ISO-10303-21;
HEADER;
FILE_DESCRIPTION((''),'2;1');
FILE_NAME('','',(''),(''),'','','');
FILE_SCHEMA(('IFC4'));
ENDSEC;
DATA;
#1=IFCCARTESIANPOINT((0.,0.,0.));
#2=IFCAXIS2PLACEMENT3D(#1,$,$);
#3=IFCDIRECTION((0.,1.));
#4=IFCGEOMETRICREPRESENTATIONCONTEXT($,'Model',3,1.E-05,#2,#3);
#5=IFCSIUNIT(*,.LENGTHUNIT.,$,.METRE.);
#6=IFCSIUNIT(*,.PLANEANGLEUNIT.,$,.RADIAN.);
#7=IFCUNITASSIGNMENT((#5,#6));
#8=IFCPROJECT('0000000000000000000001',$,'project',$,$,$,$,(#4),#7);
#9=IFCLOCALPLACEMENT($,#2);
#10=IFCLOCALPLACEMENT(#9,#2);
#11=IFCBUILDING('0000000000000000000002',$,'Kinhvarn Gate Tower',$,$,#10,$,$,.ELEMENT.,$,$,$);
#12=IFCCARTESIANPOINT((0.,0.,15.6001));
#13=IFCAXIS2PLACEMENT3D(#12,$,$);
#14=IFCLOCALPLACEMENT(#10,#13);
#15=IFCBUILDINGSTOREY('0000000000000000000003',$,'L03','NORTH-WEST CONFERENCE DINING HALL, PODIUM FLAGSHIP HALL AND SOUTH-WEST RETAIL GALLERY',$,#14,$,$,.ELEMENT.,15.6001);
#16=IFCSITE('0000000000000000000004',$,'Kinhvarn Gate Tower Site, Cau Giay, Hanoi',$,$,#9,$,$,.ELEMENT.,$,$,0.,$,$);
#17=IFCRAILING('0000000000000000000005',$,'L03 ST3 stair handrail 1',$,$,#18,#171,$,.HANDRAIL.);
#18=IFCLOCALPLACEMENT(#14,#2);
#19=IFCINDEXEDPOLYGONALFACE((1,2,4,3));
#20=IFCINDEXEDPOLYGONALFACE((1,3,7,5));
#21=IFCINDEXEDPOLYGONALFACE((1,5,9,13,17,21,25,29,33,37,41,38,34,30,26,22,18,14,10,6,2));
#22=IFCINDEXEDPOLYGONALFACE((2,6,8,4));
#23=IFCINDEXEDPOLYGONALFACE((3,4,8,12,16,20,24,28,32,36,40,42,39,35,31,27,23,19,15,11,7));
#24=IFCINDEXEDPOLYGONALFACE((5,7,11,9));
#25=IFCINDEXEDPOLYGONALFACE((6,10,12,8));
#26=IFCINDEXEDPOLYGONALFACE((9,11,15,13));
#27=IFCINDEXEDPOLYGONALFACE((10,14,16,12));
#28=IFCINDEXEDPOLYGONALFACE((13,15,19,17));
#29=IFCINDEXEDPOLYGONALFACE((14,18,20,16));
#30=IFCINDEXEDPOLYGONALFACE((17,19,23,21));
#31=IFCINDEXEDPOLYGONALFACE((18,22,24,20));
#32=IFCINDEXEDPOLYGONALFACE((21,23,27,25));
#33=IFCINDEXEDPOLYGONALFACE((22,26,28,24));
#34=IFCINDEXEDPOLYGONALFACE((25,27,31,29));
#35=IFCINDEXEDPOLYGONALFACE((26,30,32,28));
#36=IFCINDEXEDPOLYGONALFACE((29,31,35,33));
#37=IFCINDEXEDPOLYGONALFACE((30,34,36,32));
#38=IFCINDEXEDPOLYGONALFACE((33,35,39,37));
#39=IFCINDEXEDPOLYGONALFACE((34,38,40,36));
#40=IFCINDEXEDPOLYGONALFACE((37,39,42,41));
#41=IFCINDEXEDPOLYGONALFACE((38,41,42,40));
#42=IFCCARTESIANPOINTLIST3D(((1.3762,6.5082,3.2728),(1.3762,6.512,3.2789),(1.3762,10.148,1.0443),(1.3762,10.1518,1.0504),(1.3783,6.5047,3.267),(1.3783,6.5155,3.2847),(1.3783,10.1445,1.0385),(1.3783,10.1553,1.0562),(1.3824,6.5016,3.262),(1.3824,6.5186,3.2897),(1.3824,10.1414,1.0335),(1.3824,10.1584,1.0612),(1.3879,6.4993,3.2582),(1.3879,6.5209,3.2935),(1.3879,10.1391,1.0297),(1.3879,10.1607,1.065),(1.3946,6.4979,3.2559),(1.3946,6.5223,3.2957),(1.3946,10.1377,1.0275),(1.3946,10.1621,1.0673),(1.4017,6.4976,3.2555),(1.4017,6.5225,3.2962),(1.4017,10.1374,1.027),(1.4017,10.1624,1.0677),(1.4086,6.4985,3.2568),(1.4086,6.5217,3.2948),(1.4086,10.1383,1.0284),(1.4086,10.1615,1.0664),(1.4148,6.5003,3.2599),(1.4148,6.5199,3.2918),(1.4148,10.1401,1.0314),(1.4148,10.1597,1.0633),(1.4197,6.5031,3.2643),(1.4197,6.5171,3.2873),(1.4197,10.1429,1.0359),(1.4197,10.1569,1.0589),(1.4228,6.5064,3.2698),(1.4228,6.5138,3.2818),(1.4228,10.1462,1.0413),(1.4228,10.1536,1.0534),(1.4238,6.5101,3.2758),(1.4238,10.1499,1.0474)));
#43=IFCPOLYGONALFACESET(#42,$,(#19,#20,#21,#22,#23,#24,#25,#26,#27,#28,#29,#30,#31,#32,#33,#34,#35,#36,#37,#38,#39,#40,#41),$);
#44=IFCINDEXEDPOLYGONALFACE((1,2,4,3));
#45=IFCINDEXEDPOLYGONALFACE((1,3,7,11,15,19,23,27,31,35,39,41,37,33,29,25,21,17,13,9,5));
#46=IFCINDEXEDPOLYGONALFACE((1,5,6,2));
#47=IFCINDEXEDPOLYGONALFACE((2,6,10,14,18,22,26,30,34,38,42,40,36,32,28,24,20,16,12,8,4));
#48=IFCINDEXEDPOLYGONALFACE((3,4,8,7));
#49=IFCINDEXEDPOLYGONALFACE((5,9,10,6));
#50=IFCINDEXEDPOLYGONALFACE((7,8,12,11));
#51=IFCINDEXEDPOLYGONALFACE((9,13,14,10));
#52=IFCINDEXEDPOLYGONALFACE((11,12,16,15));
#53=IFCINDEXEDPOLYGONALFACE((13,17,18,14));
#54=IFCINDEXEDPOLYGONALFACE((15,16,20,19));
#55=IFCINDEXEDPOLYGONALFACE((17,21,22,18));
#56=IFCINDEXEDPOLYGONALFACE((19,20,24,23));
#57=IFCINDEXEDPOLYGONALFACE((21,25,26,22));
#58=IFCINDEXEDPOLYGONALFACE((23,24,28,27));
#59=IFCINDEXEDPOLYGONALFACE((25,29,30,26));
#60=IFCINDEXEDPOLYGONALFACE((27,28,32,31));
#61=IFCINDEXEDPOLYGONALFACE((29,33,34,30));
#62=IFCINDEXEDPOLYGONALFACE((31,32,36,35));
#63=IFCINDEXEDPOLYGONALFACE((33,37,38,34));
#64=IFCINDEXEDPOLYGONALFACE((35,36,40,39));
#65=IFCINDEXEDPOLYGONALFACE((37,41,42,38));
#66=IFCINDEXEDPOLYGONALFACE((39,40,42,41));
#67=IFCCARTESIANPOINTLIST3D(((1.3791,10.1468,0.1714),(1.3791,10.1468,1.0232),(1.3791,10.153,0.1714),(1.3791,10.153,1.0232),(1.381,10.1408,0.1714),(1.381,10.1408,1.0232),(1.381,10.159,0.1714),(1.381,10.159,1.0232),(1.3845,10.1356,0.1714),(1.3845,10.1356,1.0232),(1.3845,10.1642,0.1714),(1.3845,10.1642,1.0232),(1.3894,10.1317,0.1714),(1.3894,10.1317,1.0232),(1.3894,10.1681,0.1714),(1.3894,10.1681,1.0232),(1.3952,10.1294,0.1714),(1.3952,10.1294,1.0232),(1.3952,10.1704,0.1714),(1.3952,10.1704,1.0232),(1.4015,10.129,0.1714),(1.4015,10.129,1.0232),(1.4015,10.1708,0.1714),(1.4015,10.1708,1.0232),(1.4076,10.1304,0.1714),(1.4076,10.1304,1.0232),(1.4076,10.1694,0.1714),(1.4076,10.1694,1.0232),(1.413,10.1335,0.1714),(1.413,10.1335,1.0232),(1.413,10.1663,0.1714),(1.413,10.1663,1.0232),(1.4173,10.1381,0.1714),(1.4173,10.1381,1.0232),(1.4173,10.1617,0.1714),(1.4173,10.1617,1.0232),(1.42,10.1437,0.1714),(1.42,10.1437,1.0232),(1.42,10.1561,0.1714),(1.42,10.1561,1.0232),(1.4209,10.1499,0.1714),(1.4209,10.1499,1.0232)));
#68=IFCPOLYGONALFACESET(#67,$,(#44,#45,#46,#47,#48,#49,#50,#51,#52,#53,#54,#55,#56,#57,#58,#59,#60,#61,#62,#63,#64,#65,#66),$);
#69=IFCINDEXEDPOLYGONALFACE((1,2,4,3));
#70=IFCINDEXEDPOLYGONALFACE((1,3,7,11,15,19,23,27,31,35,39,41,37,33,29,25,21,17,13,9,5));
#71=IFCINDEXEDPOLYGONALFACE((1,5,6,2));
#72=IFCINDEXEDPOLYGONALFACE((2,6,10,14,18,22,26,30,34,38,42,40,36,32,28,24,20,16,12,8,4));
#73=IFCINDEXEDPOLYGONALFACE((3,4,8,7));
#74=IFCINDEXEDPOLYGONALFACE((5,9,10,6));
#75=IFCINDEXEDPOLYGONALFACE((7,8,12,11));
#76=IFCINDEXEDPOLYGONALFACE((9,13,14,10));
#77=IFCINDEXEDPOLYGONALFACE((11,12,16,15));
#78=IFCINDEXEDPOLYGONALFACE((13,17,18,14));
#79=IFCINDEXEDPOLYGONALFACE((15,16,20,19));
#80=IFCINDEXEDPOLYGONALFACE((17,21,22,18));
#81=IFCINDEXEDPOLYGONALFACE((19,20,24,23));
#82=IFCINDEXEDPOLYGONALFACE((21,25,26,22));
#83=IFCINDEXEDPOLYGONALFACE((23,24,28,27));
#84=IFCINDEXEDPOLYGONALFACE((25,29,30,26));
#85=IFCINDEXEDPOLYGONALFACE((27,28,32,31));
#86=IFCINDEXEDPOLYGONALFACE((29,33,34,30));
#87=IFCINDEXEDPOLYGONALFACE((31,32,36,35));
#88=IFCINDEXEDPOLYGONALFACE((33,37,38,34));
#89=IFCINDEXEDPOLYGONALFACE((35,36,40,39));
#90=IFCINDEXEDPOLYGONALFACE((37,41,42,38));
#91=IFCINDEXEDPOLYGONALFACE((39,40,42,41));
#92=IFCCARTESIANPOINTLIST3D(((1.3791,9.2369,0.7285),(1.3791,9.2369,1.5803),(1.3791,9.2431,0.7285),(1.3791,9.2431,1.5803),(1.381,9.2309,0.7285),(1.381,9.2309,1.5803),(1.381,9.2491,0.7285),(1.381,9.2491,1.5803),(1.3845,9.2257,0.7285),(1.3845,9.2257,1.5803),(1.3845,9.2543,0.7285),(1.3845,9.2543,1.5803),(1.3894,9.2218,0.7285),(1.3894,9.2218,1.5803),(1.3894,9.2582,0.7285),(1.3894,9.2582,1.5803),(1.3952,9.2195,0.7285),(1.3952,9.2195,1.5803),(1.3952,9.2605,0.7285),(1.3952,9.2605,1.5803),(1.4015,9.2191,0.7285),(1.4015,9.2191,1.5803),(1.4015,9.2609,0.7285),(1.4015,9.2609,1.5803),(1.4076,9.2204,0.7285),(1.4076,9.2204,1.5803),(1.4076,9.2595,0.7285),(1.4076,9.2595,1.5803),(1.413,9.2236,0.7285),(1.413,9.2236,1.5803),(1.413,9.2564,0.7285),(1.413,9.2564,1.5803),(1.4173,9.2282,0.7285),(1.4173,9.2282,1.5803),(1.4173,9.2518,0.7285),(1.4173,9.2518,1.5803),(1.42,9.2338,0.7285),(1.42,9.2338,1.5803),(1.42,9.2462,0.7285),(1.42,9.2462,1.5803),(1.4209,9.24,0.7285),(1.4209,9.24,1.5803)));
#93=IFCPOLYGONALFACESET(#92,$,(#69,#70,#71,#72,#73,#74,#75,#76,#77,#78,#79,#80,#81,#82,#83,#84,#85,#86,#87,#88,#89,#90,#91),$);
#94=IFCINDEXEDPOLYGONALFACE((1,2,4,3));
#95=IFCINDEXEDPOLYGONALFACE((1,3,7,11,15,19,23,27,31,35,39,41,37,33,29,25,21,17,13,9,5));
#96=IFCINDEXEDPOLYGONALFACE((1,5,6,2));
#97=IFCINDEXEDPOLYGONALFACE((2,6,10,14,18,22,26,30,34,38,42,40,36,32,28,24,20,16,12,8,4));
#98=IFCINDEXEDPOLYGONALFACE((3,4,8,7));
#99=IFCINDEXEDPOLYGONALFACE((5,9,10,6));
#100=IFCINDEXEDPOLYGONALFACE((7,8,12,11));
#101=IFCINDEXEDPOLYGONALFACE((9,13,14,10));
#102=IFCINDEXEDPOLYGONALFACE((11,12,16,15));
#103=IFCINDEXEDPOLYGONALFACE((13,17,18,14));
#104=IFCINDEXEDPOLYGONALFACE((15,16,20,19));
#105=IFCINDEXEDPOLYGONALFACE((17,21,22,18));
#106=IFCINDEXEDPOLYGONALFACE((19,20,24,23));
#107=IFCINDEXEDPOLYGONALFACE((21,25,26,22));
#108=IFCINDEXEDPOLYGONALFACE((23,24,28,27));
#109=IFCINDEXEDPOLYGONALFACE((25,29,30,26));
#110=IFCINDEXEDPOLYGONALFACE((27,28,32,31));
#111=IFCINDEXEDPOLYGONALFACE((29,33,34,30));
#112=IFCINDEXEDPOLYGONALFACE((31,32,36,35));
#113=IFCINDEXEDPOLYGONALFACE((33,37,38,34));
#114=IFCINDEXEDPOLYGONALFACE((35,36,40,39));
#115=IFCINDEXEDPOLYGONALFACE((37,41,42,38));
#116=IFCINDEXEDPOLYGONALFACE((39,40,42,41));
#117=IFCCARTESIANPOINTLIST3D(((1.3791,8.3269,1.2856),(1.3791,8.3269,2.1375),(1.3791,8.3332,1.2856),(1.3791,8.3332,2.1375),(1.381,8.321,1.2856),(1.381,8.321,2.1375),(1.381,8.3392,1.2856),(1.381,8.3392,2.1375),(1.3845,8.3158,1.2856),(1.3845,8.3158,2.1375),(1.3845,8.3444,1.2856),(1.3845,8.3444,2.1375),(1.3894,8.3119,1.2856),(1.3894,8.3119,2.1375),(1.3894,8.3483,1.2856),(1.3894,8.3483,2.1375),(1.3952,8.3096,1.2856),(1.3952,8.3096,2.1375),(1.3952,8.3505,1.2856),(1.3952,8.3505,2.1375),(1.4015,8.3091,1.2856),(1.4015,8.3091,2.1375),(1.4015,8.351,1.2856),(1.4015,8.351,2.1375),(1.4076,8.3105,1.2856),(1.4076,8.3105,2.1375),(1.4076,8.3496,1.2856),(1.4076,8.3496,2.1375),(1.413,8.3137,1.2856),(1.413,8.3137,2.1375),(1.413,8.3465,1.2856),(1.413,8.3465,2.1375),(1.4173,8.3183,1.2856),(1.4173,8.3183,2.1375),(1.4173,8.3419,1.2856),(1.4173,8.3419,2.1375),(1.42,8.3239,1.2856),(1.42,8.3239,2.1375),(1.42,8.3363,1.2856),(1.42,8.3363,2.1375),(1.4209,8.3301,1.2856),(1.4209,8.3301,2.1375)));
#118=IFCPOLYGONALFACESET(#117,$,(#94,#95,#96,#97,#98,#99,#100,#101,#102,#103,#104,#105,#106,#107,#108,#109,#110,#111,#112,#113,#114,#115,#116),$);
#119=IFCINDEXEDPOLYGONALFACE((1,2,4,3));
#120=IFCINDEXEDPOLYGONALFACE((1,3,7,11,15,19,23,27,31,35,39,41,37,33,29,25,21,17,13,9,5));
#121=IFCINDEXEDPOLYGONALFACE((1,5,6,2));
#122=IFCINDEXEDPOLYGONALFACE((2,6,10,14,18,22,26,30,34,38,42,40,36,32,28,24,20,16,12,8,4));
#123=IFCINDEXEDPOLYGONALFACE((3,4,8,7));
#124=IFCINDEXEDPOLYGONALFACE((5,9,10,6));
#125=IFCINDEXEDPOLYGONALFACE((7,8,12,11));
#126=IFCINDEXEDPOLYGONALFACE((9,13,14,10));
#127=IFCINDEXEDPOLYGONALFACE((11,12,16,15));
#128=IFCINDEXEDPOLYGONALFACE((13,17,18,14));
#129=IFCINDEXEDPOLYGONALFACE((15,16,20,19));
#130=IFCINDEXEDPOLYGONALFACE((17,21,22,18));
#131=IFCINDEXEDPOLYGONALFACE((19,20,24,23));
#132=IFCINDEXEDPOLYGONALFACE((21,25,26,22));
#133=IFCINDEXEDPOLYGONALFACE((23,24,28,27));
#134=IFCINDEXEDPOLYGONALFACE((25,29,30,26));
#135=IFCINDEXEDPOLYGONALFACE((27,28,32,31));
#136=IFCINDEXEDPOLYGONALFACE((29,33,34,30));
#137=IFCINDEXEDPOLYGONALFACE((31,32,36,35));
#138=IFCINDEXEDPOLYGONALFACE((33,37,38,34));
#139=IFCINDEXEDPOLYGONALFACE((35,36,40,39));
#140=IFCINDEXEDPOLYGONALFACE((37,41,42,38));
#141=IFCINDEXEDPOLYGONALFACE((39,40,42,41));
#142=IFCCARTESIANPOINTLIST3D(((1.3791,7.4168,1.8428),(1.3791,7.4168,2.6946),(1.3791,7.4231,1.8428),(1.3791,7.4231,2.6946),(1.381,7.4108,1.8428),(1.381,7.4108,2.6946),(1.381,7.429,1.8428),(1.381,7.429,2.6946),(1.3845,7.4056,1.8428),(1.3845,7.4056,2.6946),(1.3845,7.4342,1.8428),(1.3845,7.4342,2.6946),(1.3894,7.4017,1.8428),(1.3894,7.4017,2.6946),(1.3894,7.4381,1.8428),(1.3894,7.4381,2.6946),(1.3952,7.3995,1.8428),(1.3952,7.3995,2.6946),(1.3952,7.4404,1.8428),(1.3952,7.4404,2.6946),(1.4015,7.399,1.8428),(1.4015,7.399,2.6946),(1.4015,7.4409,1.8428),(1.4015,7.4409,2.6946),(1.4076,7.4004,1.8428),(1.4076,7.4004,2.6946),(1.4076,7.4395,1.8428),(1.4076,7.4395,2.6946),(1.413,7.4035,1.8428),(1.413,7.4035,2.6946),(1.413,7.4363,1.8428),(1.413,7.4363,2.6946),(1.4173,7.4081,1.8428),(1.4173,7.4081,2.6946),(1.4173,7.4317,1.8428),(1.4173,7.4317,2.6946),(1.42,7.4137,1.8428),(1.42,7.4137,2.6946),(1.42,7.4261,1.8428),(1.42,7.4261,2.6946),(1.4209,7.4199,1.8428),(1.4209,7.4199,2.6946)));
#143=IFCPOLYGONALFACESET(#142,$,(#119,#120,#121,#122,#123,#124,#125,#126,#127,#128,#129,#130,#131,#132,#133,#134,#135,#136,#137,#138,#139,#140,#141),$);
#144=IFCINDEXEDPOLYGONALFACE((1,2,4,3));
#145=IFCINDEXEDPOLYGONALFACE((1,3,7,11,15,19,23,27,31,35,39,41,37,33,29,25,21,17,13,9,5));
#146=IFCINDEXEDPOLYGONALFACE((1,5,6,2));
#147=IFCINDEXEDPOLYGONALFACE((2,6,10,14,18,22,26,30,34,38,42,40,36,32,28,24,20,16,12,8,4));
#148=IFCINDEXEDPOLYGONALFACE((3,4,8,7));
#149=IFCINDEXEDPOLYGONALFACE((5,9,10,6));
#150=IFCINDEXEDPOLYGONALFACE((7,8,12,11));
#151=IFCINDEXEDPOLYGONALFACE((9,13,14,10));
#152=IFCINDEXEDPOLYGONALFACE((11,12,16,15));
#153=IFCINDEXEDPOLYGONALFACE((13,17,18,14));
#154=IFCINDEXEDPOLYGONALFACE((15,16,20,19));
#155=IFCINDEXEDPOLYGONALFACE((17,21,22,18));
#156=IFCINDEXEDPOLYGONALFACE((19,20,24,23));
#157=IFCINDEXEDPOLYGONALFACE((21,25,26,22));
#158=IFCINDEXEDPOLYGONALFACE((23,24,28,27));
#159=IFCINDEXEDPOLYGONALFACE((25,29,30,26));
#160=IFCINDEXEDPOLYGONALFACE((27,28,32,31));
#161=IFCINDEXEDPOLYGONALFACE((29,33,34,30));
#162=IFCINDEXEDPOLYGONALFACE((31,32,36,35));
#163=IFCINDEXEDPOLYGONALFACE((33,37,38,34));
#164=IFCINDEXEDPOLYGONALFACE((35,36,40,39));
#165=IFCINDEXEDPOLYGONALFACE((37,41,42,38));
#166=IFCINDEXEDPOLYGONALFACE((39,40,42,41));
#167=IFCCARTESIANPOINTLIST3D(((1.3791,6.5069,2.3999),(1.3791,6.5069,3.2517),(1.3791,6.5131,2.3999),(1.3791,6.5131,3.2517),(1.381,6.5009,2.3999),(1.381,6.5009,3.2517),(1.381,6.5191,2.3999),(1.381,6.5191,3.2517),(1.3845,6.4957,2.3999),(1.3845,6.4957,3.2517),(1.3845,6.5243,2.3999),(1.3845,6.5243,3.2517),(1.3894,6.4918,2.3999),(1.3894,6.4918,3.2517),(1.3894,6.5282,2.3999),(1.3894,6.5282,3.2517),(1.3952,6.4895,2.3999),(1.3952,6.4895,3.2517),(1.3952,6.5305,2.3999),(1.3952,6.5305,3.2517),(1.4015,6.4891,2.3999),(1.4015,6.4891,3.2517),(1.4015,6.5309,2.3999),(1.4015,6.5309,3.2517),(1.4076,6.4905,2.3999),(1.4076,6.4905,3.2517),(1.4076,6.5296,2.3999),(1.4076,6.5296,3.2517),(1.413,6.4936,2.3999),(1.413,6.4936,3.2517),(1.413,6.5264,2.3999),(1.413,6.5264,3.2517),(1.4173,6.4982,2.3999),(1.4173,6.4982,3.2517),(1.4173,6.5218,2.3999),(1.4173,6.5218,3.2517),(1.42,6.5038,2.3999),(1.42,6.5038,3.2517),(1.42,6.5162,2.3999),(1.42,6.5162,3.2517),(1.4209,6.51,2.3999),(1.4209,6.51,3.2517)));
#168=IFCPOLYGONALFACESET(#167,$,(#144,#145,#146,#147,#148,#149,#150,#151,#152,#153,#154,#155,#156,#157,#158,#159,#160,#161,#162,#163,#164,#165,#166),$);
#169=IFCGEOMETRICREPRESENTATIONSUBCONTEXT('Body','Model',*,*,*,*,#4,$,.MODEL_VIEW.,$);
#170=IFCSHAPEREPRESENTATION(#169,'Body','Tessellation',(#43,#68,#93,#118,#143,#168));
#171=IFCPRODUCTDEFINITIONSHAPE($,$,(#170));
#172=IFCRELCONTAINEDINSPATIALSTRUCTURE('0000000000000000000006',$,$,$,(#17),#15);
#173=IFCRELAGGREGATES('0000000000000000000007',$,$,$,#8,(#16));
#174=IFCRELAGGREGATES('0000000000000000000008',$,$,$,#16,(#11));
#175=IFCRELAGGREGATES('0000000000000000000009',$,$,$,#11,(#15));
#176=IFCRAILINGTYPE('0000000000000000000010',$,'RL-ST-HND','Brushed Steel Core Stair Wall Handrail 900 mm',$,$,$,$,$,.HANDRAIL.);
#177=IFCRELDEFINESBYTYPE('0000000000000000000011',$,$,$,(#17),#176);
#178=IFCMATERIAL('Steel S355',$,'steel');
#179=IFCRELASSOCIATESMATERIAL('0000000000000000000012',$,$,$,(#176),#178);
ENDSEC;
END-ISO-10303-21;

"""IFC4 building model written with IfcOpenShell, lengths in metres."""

from ifc_helpers import new_model, si_unit, direction, frame, origin, origin_2d, place, context, subcontext, project, spatial, circle, extrude, material, type_object, element, save


model = new_model("IFC4")

# Units and contexts
model_context = context("Model", 3, precision=1e-05, world=origin(), true_north=direction((0.0, 1.0)))
body_context = subcontext(model_context, "Body", "Model", "MODEL_VIEW")
ifc_project = project(units=[si_unit("LENGTHUNIT", "METRE"), si_unit("PLANEANGLEUNIT", "RADIAN")], contexts=[model_context])

# Site, building, storey
site_placement = place(None, origin())
site = spatial("IfcSite", under=ifc_project, at=site_placement, Name="Kinhvarn Gate Tower Site, Cau Giay, Hanoi", CompositionType="ELEMENT", RefElevation=0.0)
building_placement = place(site_placement, origin())
building = spatial("IfcBuilding", under=site, at=building_placement, Name="Kinhvarn Gate Tower", CompositionType="ELEMENT")
storey_placement = place(building_placement, frame((0.0, 0.0, 15.6001)))
storey = spatial("IfcBuildingStorey", under=building, at=storey_placement, Name="L03", Description="NORTH-WEST CONFERENCE DINING HALL, PODIUM FLAGSHIP HALL AND SOUTH-WEST RETAIL GALLERY", CompositionType="ELEMENT", Elevation=15.6001)

# Shared definitions
ifc_material_1 = material(Name="Steel S355", Category="steel")

# Railing
railing_type_1 = type_object("IfcRailingType", Name="RL-ST-HND", Description="Brushed Steel Core Stair Wall Handrail 900 mm", PredefinedType="HANDRAIL", material=ifc_material_1)
railing_1_placement = place(storey_placement, frame((1.3999, 10.1499, 0.1714)))
element("IfcRailing", 1, at=railing_1_placement, inside=storey, type_object=railing_type_1, Name="L03 ST3 stair handrail 1", PredefinedType="HANDRAIL", context=body_context, shape_type="SweptSolid", body=[
    extrude(circle(Radius=0.0239, at=origin_2d()), frame((0.0, 0.0, 0.876), z_axis=(0.0, -0.85285, 0.522156), x_axis=(1.0, 0.0, 0.0)), (0.0, 0.0, 1.0), 4.2678),
    extrude(circle(Radius=0.021, at=origin_2d()), origin(), (0.0, 0.0, 1.0), 0.8518),
    extrude(circle(Radius=0.021, at=origin_2d()), frame((0.0, -0.9099, 0.5571)), (0.0, 0.0, 1.0), 0.8518),
    extrude(circle(Radius=0.021, at=origin_2d()), frame((0.0, -1.8198, 1.1143)), (0.0, 0.0, 1.0), 0.8518),
    extrude(circle(Radius=0.021, at=origin_2d()), frame((0.0, -2.73, 1.6714)), (0.0, 0.0, 1.0), 0.8518),
    extrude(circle(Radius=0.021, at=origin_2d()), frame((0.0, -3.6399, 2.2285)), (0.0, 0.0, 1.0), 0.8518),
])

save(model, "model.ifc")
